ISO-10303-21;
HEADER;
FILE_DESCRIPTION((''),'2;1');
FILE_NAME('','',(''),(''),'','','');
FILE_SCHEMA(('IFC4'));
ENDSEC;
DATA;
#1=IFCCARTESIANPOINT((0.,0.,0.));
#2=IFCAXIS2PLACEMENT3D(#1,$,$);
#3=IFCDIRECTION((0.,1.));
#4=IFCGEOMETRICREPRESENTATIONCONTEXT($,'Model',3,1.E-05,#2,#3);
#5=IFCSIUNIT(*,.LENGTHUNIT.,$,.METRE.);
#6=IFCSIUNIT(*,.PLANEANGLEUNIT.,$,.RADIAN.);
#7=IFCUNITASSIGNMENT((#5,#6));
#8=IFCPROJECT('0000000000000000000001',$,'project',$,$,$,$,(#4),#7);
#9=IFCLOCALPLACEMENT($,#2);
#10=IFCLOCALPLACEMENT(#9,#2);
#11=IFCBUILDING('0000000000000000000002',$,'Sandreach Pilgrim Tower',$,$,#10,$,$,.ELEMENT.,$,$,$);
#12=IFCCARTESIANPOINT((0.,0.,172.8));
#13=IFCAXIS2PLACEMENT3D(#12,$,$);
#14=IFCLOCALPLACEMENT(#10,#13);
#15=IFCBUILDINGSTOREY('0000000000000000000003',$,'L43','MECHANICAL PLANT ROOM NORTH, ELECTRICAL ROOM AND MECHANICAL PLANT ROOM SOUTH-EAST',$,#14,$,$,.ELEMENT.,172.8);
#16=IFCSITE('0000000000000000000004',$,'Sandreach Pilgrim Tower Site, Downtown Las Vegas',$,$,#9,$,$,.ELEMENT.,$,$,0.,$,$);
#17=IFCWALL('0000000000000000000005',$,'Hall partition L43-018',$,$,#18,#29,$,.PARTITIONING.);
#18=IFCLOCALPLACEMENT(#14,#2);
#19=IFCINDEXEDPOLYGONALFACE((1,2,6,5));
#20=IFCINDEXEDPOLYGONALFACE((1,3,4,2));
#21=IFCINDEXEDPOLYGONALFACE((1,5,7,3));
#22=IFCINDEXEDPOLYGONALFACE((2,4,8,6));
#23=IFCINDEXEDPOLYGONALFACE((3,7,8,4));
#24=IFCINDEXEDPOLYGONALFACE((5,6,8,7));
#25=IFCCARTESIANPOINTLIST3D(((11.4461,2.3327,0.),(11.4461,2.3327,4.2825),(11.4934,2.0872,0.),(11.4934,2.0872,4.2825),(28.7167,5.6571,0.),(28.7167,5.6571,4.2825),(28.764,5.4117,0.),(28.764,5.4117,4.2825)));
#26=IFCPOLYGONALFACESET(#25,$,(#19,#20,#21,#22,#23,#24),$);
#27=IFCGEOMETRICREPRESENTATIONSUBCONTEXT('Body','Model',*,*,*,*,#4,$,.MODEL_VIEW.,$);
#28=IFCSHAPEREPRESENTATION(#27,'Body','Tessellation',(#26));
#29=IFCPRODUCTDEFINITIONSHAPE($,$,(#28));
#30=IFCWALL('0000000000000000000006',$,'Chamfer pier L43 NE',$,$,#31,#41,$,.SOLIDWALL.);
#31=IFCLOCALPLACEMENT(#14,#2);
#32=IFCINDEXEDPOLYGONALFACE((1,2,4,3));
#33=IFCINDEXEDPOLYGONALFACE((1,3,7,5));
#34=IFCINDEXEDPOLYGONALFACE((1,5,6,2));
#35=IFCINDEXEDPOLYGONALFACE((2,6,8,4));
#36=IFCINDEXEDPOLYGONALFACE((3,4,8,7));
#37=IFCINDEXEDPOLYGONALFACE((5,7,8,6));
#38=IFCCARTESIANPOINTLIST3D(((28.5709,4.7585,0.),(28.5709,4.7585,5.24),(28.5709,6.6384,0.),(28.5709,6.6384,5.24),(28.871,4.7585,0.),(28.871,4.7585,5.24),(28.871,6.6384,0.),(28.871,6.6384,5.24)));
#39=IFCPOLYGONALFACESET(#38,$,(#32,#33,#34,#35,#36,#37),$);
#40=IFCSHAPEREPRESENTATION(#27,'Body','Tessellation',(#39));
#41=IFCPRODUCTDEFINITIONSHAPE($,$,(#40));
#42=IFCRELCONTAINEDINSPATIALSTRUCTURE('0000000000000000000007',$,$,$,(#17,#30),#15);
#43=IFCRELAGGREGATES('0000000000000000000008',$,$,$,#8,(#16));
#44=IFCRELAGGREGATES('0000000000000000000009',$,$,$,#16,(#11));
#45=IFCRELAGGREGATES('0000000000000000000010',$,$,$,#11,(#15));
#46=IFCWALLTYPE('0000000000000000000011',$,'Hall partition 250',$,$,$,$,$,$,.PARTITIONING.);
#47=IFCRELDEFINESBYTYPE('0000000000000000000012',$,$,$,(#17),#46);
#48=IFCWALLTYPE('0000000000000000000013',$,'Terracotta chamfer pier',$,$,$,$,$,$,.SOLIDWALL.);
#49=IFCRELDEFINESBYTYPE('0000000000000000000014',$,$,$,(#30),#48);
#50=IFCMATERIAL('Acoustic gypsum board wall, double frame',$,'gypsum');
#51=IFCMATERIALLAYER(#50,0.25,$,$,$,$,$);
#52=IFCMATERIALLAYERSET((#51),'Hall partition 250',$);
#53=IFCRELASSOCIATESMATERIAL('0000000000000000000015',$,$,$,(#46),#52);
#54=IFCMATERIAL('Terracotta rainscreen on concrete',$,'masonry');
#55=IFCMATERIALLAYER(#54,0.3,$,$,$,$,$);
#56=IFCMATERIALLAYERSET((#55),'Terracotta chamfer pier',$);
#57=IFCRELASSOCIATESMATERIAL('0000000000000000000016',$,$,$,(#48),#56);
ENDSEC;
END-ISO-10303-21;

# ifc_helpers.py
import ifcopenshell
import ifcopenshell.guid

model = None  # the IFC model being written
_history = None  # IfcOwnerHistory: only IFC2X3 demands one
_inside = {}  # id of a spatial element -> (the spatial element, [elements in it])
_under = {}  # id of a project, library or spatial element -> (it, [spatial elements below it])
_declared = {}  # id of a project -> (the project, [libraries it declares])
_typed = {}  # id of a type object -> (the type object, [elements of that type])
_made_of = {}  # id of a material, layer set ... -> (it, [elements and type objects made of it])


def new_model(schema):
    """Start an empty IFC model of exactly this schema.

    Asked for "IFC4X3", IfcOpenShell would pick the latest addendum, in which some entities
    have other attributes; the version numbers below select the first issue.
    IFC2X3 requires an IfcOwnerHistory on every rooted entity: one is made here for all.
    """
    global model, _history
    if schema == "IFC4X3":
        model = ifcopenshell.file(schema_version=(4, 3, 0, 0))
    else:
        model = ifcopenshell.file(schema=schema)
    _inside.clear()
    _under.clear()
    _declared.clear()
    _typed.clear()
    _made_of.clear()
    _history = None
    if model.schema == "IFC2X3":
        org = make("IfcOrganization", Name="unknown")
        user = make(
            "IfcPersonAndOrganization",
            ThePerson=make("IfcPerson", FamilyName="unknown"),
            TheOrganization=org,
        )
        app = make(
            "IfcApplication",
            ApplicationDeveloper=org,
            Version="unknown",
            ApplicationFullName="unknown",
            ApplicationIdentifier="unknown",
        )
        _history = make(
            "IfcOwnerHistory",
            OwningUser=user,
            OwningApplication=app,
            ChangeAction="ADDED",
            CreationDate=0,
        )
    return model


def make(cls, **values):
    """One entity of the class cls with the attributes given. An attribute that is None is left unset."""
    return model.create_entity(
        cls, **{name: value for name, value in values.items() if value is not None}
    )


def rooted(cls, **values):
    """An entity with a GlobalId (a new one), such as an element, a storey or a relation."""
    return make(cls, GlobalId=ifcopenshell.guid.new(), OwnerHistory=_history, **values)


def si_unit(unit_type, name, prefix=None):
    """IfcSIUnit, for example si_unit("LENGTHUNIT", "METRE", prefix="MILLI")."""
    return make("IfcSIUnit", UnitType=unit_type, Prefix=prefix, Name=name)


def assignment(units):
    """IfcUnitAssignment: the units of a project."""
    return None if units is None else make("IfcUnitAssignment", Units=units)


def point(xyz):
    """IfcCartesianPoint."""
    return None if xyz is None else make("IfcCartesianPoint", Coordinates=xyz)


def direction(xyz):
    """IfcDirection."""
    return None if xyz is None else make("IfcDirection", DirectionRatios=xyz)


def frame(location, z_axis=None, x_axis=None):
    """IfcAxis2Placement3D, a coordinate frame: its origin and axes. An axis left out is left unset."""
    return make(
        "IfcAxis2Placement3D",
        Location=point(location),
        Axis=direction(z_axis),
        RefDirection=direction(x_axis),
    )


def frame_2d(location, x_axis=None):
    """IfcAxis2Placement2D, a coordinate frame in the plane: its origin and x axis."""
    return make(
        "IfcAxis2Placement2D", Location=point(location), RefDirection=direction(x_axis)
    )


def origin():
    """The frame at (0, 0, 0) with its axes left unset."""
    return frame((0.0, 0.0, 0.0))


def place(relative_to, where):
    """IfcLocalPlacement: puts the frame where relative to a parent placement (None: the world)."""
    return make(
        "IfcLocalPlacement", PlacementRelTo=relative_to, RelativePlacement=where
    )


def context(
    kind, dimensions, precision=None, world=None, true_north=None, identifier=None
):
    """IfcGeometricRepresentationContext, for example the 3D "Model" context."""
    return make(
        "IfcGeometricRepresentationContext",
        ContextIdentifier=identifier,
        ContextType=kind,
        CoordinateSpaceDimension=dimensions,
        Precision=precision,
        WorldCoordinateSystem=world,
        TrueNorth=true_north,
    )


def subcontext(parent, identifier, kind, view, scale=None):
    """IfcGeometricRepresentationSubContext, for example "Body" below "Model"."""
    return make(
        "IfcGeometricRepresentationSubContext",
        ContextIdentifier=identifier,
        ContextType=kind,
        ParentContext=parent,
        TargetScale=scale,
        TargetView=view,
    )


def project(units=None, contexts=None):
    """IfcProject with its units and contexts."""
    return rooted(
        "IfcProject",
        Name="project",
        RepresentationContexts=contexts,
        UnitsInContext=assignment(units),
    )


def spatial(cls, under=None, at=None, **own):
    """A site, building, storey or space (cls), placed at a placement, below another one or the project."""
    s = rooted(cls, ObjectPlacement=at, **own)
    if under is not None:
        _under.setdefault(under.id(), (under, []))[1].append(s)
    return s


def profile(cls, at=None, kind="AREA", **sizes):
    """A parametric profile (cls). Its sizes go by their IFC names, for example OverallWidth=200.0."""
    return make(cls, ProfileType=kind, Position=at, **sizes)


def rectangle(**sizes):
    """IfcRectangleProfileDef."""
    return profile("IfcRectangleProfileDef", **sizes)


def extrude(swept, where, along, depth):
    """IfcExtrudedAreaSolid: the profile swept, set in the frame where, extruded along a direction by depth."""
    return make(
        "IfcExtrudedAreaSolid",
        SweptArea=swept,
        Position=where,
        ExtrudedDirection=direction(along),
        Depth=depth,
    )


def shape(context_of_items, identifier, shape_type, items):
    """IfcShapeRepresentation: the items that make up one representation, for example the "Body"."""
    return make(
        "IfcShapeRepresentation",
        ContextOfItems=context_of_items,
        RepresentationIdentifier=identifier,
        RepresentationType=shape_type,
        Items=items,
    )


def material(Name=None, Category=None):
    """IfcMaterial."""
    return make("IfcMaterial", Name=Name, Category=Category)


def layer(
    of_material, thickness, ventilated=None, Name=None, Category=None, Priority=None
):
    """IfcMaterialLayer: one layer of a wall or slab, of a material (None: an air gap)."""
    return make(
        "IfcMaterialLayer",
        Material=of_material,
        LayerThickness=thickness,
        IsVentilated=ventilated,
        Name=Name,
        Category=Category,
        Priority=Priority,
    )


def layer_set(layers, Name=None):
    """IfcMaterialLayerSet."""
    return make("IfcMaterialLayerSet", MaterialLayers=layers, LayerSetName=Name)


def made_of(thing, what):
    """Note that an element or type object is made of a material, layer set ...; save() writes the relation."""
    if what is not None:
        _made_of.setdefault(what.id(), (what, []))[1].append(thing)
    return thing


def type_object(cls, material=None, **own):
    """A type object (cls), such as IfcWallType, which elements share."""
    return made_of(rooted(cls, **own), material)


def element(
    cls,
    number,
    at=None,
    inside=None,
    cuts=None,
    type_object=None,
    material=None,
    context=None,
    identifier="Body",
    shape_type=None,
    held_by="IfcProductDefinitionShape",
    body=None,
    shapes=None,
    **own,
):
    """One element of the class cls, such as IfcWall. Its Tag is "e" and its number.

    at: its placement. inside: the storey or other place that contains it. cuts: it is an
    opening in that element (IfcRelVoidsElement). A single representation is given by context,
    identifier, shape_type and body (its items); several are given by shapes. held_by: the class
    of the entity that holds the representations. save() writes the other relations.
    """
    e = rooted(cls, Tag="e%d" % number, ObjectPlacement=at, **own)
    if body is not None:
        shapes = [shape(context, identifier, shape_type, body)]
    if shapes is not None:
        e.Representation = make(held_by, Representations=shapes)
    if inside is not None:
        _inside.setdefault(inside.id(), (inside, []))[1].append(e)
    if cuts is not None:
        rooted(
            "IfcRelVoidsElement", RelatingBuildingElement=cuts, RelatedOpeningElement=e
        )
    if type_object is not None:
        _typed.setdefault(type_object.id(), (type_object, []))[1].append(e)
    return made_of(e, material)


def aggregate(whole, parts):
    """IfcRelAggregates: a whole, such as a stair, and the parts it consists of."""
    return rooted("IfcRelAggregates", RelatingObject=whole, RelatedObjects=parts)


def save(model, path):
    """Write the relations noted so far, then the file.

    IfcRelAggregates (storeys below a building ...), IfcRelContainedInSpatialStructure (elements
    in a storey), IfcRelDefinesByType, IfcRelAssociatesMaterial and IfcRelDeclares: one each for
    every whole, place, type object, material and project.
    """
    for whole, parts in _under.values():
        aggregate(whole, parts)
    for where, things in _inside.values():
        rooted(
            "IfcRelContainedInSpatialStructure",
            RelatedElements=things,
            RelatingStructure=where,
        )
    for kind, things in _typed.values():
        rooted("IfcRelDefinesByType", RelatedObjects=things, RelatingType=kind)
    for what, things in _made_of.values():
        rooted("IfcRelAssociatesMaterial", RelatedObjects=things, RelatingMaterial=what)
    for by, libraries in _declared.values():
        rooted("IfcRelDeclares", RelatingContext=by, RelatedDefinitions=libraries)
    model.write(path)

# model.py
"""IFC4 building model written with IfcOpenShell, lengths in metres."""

from ifc_helpers import new_model, si_unit, direction, frame, frame_2d, origin, place, context, subcontext, project, spatial, rectangle, extrude, material, layer, layer_set, type_object, element, save


model = new_model("IFC4")

# Units and contexts
model_context = context("Model", 3, precision=1e-05, world=origin(), true_north=direction((0.0, 1.0)))
body_context = subcontext(model_context, "Body", "Model", "MODEL_VIEW")
ifc_project = project(units=[si_unit("LENGTHUNIT", "METRE"), si_unit("PLANEANGLEUNIT", "RADIAN")], contexts=[model_context])

# Site, building, storey
site_placement = place(None, origin())
site = spatial("IfcSite", under=ifc_project, at=site_placement, Name="Sandreach Pilgrim Tower Site, Downtown Las Vegas", CompositionType="ELEMENT", RefElevation=0.0)
building_placement = place(site_placement, origin())
building = spatial("IfcBuilding", under=site, at=building_placement, Name="Sandreach Pilgrim Tower", CompositionType="ELEMENT")
storey_placement = place(building_placement, frame((0.0, 0.0, 172.8)))
storey = spatial("IfcBuildingStorey", under=building, at=storey_placement, Name="L43", Description="MECHANICAL PLANT ROOM NORTH, ELECTRICAL ROOM AND MECHANICAL PLANT ROOM SOUTH-EAST", CompositionType="ELEMENT", Elevation=172.8)

# Walls
ifc_material_1 = material(Name="Acoustic gypsum board wall, double frame", Category="gypsum")
ifc_layer_1 = layer(ifc_material_1, 0.25)
ifc_layer_set_1 = layer_set([ifc_layer_1], Name="Hall partition 250")
wall_type_1 = type_object("IfcWallType", Name="Hall partition 250", PredefinedType="PARTITIONING", material=ifc_layer_set_1)
wall_1_placement = place(storey_placement, frame((28.7405, 5.5344, 0.0), z_axis=(0.0, 0.0, 1.0), x_axis=(-0.981973, -0.189023, 0.0)))
element("IfcWall", 1, at=wall_1_placement, inside=storey, type_object=wall_type_1, Name="Hall partition L43-018", PredefinedType="PARTITIONING", context=body_context, shape_type="SweptSolid", body=[
    extrude(rectangle(XDim=17.5876, YDim=0.25, at=frame_2d((8.7939, 0.0))), origin(), (0.0, 0.0, 1.0), 4.2825),
])
ifc_material_2 = material(Name="Terracotta rainscreen on concrete", Category="masonry")
ifc_layer_2 = layer(ifc_material_2, 0.3)
ifc_layer_set_2 = layer_set([ifc_layer_2], Name="Terracotta chamfer pier")
wall_type_2 = type_object("IfcWallType", Name="Terracotta chamfer pier", PredefinedType="SOLIDWALL", material=ifc_layer_set_2)
wall_2_placement = place(storey_placement, frame((28.7209, 6.6384, 0.0), z_axis=(0.0, 0.0, 1.0), x_axis=(0.0, -1.0, 0.0)))
element("IfcWall", 2, at=wall_2_placement, inside=storey, type_object=wall_type_2, Name="Chamfer pier L43 NE", PredefinedType="SOLIDWALL", context=body_context, shape_type="SweptSolid", body=[
    extrude(rectangle(XDim=1.8799, YDim=0.3, at=frame_2d((0.9399, 0.0))), origin(), (0.0, 0.0, 1.0), 5.24),
])

save(model, "model.ifc")
